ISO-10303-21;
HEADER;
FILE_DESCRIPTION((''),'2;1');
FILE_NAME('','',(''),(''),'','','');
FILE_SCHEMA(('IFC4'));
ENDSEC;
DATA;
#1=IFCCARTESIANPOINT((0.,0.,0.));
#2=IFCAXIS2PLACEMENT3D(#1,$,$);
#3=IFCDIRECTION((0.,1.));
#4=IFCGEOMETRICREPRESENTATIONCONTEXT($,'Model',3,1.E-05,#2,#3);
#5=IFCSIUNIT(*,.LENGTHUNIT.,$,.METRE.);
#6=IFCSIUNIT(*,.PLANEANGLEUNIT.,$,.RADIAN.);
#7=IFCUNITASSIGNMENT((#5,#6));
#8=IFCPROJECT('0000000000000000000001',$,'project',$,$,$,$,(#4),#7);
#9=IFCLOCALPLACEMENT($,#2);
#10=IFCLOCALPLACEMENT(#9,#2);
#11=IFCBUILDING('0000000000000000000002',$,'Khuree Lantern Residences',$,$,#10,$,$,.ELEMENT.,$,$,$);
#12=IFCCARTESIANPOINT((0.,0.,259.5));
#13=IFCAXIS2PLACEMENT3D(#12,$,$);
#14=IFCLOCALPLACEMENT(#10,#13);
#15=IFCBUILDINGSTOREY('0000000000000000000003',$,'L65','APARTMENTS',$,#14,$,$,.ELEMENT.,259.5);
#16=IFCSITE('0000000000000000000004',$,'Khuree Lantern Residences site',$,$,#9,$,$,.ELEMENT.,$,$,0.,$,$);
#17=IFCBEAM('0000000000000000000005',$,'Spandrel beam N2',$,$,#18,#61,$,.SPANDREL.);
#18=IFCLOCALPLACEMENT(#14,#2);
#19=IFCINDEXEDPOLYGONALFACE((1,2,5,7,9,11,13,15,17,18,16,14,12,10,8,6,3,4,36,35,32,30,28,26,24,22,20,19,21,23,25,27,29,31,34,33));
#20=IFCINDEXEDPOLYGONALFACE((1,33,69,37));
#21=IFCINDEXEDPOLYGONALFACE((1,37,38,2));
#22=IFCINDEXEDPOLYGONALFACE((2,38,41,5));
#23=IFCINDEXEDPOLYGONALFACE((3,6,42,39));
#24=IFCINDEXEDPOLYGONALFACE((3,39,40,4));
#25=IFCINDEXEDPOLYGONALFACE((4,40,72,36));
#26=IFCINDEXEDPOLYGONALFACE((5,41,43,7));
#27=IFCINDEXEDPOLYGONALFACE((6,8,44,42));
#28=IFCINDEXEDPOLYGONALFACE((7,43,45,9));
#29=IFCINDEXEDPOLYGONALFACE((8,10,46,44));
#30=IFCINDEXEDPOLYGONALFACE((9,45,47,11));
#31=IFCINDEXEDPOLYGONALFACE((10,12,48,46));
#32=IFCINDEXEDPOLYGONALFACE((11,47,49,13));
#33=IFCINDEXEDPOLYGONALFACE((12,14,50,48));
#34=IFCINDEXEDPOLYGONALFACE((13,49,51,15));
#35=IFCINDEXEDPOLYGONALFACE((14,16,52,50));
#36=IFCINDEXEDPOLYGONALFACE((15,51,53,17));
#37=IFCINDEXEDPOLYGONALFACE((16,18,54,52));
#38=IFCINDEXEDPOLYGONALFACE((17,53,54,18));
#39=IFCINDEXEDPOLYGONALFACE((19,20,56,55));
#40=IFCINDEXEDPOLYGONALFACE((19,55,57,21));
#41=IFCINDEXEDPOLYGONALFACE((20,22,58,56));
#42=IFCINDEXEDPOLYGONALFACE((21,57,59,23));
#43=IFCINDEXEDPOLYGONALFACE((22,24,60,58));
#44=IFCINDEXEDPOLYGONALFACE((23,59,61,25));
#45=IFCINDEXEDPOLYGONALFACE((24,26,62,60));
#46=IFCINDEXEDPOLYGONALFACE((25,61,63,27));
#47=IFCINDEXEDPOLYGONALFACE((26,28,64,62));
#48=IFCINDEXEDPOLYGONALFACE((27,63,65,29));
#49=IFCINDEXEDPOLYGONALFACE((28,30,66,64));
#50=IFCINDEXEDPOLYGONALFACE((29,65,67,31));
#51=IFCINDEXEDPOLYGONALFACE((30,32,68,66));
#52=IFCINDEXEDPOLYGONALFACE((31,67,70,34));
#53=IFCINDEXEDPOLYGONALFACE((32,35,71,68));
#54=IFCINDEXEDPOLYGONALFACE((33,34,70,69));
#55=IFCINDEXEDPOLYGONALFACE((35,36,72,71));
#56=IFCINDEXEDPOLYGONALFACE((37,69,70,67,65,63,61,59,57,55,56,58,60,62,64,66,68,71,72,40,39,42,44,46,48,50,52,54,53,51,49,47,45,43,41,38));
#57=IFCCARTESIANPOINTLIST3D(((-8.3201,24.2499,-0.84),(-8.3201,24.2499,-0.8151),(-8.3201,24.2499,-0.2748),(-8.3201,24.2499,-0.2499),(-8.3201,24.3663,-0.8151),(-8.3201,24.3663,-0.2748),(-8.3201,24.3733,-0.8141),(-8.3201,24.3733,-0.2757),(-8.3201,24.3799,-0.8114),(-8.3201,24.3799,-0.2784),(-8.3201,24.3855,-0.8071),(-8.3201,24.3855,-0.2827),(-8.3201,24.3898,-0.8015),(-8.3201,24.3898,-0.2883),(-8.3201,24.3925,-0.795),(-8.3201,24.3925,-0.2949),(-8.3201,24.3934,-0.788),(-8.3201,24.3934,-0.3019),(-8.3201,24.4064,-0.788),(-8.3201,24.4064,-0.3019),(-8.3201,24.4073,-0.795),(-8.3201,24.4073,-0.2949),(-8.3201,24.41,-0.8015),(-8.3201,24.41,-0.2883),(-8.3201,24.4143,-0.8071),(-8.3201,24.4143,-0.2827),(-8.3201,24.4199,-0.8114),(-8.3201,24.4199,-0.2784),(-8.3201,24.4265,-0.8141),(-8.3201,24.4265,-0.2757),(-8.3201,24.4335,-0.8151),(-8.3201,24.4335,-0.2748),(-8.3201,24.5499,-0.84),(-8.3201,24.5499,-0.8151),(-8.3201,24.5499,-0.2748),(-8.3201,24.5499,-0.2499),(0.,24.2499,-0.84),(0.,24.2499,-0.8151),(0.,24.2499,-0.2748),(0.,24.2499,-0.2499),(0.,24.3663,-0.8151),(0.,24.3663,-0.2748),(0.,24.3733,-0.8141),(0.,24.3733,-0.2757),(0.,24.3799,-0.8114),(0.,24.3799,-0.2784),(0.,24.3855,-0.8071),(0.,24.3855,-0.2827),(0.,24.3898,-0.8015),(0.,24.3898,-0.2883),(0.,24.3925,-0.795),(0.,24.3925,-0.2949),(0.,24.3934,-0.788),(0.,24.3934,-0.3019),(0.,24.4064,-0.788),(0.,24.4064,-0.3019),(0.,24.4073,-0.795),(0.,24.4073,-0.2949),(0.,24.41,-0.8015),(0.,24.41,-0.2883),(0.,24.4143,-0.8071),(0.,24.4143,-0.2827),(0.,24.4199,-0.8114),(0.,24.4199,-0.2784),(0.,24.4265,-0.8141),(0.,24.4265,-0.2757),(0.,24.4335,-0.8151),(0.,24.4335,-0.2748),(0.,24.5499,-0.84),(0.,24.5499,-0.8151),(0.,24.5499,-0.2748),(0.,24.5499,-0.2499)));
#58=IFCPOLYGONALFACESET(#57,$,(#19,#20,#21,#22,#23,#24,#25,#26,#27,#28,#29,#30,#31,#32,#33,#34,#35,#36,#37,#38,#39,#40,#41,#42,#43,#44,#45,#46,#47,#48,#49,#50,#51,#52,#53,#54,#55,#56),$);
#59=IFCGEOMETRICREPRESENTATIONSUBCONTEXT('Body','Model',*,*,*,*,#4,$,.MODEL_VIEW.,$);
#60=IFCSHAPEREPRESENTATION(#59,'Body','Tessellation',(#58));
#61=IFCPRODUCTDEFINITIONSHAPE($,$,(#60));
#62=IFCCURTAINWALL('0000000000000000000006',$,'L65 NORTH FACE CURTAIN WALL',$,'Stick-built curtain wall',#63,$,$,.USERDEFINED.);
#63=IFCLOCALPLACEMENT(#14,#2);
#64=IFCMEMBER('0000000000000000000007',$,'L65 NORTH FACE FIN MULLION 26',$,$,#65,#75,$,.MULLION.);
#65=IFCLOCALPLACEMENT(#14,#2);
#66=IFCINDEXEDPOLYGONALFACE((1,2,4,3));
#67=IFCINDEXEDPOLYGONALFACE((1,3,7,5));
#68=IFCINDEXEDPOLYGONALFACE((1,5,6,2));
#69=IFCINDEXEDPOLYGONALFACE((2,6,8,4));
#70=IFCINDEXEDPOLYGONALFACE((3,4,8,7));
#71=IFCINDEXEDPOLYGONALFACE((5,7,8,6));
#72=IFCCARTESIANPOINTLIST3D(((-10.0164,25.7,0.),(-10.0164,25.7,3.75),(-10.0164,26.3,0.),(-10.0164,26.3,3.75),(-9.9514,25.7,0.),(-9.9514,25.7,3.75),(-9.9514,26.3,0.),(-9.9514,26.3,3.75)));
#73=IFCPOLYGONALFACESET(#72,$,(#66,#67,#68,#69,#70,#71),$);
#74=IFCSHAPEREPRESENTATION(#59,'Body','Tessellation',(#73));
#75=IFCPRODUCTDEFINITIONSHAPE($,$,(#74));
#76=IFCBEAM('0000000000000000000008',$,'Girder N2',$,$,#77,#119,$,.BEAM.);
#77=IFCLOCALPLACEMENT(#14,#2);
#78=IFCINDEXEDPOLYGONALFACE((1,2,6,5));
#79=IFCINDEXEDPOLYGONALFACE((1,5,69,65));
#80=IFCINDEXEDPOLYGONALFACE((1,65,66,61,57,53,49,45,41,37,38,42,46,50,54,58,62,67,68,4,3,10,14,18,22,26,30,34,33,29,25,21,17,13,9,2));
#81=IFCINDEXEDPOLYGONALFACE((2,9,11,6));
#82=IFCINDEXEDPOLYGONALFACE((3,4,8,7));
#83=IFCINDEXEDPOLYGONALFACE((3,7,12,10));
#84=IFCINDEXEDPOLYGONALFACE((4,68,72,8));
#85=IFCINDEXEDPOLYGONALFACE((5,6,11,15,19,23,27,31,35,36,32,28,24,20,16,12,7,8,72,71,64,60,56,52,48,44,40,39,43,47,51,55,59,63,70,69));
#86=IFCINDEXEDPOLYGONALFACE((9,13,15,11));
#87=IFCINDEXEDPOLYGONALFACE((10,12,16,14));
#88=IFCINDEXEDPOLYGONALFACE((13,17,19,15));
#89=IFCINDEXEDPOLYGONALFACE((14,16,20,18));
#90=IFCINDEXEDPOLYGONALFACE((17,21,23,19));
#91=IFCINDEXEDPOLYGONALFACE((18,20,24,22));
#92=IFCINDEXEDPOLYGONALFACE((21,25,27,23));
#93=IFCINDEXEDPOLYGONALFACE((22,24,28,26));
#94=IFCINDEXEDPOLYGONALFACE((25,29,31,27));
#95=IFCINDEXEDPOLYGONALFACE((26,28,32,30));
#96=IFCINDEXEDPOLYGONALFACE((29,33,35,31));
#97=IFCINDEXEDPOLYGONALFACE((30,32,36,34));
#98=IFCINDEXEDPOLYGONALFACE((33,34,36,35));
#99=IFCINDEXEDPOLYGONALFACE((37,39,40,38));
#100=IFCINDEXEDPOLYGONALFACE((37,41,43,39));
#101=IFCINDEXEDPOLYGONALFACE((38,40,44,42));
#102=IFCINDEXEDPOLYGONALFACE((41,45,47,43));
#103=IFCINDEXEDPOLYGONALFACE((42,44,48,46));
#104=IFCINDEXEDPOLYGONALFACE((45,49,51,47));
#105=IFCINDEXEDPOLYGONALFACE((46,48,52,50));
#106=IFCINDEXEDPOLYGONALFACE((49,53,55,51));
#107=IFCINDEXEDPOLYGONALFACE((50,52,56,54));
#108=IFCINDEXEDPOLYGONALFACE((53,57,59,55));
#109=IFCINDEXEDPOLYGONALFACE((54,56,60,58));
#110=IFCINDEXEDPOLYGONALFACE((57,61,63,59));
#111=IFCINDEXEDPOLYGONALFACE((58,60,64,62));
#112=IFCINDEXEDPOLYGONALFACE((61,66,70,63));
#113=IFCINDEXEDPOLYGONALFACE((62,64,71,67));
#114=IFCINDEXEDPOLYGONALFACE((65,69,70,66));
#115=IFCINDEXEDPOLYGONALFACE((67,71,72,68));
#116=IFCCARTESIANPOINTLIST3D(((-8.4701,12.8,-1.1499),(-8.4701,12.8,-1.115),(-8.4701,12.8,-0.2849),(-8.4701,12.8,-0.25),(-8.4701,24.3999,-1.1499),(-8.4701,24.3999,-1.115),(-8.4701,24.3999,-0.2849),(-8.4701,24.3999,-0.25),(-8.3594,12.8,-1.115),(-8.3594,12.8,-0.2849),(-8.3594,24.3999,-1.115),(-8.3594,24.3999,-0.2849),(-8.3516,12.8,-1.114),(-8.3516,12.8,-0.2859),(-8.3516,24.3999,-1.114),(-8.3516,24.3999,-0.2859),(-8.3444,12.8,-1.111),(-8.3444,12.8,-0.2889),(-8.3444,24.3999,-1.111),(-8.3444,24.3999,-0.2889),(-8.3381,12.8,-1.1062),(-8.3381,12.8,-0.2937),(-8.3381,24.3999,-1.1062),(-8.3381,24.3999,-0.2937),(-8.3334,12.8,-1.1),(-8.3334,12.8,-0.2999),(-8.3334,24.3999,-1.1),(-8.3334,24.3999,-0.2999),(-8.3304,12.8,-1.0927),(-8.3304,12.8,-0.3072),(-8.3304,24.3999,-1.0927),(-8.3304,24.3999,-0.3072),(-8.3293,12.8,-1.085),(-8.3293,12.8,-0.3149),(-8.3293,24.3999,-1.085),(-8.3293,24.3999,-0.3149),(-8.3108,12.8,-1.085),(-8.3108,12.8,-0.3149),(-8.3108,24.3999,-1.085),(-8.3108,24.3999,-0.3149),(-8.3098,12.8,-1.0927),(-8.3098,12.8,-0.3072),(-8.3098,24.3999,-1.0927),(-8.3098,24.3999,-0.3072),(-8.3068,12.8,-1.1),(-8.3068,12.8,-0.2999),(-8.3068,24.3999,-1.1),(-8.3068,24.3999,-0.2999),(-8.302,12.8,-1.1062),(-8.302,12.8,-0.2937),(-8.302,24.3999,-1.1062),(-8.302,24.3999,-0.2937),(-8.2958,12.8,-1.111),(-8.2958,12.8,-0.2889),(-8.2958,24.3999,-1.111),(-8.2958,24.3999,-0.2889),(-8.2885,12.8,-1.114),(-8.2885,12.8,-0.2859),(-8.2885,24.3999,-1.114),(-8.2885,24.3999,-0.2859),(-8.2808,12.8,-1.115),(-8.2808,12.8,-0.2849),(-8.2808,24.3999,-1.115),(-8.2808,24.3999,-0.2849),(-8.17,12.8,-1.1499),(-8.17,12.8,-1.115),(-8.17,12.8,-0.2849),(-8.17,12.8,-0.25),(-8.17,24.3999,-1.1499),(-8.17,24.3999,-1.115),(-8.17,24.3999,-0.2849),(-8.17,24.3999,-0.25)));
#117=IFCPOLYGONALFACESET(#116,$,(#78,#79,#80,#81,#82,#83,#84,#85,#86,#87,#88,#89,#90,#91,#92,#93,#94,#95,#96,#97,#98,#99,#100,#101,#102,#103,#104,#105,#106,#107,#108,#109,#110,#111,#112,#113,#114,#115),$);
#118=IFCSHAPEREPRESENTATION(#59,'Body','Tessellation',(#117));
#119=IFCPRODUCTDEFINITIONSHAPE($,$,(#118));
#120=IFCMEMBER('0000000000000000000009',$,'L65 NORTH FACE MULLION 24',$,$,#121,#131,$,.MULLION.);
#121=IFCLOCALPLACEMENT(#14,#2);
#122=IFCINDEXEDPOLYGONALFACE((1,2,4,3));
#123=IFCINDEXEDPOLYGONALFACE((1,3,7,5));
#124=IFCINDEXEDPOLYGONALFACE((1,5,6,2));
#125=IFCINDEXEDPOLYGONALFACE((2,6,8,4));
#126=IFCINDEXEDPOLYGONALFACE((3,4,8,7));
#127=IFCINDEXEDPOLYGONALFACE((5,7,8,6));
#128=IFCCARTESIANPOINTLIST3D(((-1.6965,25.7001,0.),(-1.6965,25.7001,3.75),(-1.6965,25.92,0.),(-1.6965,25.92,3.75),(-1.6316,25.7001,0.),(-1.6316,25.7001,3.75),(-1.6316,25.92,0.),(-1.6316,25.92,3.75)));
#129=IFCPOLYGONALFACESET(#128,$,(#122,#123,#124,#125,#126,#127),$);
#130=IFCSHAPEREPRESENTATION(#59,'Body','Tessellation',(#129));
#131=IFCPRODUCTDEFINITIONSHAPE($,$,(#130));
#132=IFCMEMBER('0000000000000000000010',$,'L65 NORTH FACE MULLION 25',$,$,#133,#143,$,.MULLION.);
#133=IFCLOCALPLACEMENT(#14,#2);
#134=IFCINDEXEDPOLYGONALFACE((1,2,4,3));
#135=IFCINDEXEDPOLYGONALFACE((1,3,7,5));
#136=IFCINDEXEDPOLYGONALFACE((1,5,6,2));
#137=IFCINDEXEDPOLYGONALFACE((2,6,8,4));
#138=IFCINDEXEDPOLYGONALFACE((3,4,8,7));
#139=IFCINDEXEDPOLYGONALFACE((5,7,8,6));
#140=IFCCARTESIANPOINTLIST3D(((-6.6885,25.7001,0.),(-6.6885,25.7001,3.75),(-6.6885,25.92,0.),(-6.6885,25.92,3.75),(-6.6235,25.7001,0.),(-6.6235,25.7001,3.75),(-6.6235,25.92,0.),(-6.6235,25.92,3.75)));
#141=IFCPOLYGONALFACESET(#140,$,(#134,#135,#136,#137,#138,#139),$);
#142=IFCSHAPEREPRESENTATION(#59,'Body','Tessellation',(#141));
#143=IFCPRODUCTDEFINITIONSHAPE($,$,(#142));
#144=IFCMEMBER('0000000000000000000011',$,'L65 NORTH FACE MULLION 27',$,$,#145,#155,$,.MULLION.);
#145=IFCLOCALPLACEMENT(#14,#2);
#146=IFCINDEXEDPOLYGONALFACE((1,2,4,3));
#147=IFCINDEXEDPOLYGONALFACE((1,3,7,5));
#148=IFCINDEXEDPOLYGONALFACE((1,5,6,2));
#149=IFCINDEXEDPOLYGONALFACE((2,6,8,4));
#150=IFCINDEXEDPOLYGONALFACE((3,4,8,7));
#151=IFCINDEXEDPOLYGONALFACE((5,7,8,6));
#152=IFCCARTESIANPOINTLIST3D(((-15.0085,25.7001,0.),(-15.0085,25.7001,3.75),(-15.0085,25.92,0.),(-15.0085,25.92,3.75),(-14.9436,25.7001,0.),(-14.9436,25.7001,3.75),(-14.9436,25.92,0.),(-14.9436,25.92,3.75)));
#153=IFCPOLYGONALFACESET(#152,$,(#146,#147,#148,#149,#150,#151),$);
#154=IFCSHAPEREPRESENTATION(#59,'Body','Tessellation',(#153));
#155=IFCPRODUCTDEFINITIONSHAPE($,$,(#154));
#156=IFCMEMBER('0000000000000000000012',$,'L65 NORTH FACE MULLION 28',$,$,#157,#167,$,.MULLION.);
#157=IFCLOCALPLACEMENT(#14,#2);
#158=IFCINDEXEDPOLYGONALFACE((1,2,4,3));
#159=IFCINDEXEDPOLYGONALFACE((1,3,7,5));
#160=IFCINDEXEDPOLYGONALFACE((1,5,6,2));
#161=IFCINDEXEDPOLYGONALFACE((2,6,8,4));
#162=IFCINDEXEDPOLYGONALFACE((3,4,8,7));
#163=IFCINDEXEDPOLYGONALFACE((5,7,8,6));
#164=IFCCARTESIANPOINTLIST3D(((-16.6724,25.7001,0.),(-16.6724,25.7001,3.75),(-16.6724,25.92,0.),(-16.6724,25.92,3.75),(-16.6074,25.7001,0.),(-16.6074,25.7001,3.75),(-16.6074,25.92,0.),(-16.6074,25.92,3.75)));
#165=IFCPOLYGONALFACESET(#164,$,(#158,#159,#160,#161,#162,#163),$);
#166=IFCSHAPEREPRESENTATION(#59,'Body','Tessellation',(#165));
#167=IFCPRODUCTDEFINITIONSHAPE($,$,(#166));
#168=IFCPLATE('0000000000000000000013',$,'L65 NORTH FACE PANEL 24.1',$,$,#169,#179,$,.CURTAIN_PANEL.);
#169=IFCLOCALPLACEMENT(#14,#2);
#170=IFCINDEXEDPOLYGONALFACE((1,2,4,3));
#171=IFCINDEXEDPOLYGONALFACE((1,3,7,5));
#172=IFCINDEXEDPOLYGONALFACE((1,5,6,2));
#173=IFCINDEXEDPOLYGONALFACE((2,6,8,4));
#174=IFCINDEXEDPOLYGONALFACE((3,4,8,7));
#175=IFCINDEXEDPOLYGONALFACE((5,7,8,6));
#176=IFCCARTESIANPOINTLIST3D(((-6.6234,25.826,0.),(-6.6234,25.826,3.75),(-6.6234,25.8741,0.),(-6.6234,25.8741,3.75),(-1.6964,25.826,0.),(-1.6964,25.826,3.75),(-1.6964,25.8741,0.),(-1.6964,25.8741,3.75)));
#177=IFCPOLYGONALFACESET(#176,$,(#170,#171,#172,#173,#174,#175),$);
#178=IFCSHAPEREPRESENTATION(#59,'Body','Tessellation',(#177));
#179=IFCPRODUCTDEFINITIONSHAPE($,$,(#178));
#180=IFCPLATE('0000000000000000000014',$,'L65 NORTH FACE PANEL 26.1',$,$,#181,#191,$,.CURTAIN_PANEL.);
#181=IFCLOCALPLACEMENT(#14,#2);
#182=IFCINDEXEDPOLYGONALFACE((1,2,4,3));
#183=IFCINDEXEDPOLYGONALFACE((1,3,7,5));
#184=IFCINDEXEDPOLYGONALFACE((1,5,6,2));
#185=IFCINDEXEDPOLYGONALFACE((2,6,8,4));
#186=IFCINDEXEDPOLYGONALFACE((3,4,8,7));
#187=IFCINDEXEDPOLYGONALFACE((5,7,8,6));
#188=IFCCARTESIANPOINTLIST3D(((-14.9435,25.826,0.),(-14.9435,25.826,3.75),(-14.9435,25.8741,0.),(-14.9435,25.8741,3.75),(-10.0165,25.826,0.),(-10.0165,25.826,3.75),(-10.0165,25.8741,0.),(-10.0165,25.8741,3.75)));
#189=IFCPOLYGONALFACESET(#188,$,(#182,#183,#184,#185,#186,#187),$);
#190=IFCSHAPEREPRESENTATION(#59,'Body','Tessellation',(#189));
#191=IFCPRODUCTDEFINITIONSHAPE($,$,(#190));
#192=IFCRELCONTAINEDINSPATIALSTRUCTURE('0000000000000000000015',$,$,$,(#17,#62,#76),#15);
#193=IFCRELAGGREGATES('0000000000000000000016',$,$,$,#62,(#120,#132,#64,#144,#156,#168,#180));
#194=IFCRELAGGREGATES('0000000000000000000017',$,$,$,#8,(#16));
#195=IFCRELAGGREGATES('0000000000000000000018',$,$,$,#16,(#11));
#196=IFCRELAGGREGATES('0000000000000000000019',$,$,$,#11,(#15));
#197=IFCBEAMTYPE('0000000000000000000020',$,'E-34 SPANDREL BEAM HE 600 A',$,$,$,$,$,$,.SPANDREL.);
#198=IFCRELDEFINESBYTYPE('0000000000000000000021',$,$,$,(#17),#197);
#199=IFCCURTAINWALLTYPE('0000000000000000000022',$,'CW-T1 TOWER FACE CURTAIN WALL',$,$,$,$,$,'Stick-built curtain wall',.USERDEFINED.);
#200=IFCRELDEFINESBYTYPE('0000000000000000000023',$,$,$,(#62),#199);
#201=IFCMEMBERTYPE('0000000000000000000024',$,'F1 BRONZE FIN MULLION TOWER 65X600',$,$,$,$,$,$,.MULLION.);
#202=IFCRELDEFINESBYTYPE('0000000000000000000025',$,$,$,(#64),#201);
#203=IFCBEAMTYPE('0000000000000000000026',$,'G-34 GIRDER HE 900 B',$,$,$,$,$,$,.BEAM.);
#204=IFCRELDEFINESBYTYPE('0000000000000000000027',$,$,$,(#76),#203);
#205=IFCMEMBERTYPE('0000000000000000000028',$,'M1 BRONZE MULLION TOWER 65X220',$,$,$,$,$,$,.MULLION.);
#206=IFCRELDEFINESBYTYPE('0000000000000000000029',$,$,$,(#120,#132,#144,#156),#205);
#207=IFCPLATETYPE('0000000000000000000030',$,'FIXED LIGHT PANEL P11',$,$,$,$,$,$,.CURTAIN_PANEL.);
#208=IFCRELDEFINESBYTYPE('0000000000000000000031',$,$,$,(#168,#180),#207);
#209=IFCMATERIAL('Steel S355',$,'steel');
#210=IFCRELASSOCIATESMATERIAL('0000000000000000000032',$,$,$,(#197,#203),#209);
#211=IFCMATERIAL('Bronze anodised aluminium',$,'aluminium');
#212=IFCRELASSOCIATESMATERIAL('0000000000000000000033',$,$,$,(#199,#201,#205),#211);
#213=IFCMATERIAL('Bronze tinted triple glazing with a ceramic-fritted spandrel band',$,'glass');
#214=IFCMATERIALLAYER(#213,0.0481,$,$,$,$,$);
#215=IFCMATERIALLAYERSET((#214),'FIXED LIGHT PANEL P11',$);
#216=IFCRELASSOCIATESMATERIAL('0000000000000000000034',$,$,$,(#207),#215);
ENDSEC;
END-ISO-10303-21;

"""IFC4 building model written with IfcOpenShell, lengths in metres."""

from ifc_helpers import new_model, si_unit, direction, frame, origin, origin_2d, place, context, subcontext, project, spatial, rectangle, i_section, extrude, material, layer, layer_set, material_profile, profile_set, type_object, element, aggregate, save


model = new_model("IFC4")

# Units and contexts
model_context = context("Model", 3, precision=1e-05, world=origin(), true_north=direction((0.0, 1.0)))
body_context = subcontext(model_context, "Body", "Model", "MODEL_VIEW")
ifc_project = project(units=[si_unit("LENGTHUNIT", "METRE"), si_unit("PLANEANGLEUNIT", "RADIAN")], contexts=[model_context])

# Site, building, storey
site_placement = place(None, origin())
site = spatial("IfcSite", under=ifc_project, at=site_placement, Name="Khuree Lantern Residences site", CompositionType="ELEMENT", RefElevation=0.0)
building_placement = place(site_placement, origin())
building = spatial("IfcBuilding", under=site, at=building_placement, Name="Khuree Lantern Residences", CompositionType="ELEMENT")
storey_placement = place(building_placement, frame((0.0, 0.0, 259.5)))
storey = spatial("IfcBuildingStorey", under=building, at=storey_placement, Name="L65", Description="APARTMENTS", CompositionType="ELEMENT", Elevation=259.5)

# Beam
ifc_material_1 = material(Name="Steel S355", Category="steel")
ifc_material_profile_1 = material_profile(ifc_material_1, i_section(OverallWidth=0.3, OverallDepth=0.5901, WebThickness=0.0129, FlangeThickness=0.0249, FilletRadius=0.0271, at=origin_2d()), Name="HE 600 A")
ifc_profile_set_1 = profile_set([ifc_material_profile_1], Name="Steel S355")
beam_type_1 = type_object("IfcBeamType", Name="E-34 SPANDREL BEAM HE 600 A", PredefinedType="SPANDREL", material=ifc_profile_set_1)
beam_1_placement = place(storey_placement, frame((-8.3201, 24.3999, -0.5449), z_axis=(1.0, 0.0, 0.0), x_axis=(0.0, 1.0, 0.0)))
element("IfcBeam", 1, at=beam_1_placement, inside=storey, type_object=beam_type_1, Name="Spandrel beam N2", PredefinedType="SPANDREL", context=body_context, shape_type="SweptSolid", body=[
    extrude(i_section(OverallWidth=0.3, OverallDepth=0.5901, WebThickness=0.0129, FlangeThickness=0.0249, FilletRadius=0.0271, at=origin_2d()), origin(), (0.0, 0.0, 1.0), 8.3201),
])

# Curtain wall, member
ifc_material_2 = material(Name="Bronze anodised aluminium", Category="aluminium")
curtain_wall_type = type_object("IfcCurtainWallType", Name="CW-T1 TOWER FACE CURTAIN WALL", ElementType="Stick-built curtain wall", PredefinedType="USERDEFINED", material=ifc_material_2)
curtain_wall_placement = place(storey_placement, origin())
curtain_wall = element("IfcCurtainWall", 2, at=curtain_wall_placement, inside=storey, type_object=curtain_wall_type, Name="L65 NORTH FACE CURTAIN WALL", ObjectType="Stick-built curtain wall", PredefinedType="USERDEFINED")
ifc_material_profile_2 = material_profile(ifc_material_2, rectangle(XDim=0.0649, YDim=0.6001, at=origin_2d()), Name="F1 65X600")
ifc_profile_set_2 = profile_set([ifc_material_profile_2], Name="Bronze anodised aluminium")
member_type_1 = type_object("IfcMemberType", Name="F1 BRONZE FIN MULLION TOWER 65X600", PredefinedType="MULLION", material=ifc_profile_set_2)
member_1_placement = place(storey_placement, frame((-9.9839, 26.0, 0.0), z_axis=(0.0, 0.0, 1.0), x_axis=(-1.0, 0.0, 0.0)))
member_1 = element("IfcMember", 3, at=member_1_placement, type_object=member_type_1, Name="L65 NORTH FACE FIN MULLION 26", PredefinedType="MULLION", context=body_context, shape_type="SweptSolid", body=[
    extrude(rectangle(XDim=0.0649, YDim=0.6001, at=origin_2d()), origin(), (0.0, 0.0, 1.0), 3.75),
])

# Beam
ifc_material_profile_3 = material_profile(ifc_material_1, i_section(OverallWidth=0.3, OverallDepth=0.8999, WebThickness=0.0186, FlangeThickness=0.0349, FilletRadius=0.03, at=origin_2d()), Name="HE 900 B")
ifc_profile_set_3 = profile_set([ifc_material_profile_3], Name="Steel S355")
beam_type_2 = type_object("IfcBeamType", Name="G-34 GIRDER HE 900 B", PredefinedType="BEAM", material=ifc_profile_set_3)
beam_2_placement = place(storey_placement, frame((-8.3201, 24.3999, -0.7), z_axis=(0.0, -1.0, 0.0), x_axis=(1.0, 0.0, 0.0)))
element("IfcBeam", 4, at=beam_2_placement, inside=storey, type_object=beam_type_2, Name="Girder N2", PredefinedType="BEAM", context=body_context, shape_type="SweptSolid", body=[
    extrude(i_section(OverallWidth=0.3, OverallDepth=0.8999, WebThickness=0.0186, FlangeThickness=0.0349, FilletRadius=0.03, at=origin_2d()), origin(), (0.0, 0.0, 1.0), 11.5999),
])

# Members
ifc_material_profile_4 = material_profile(ifc_material_2, rectangle(XDim=0.0649, YDim=0.22, at=origin_2d()), Name="M1 65X220")
ifc_profile_set_4 = profile_set([ifc_material_profile_4], Name="Bronze anodised aluminium")
member_type_2 = type_object("IfcMemberType", Name="M1 BRONZE MULLION TOWER 65X220", PredefinedType="MULLION", material=ifc_profile_set_4)
member_2_placement = place(storey_placement, frame((-1.6641, 25.8101, 0.0), z_axis=(0.0, 0.0, 1.0), x_axis=(-1.0, 0.0, 0.0)))
member_2 = element("IfcMember", 5, at=member_2_placement, type_object=member_type_2, Name="L65 NORTH FACE MULLION 24", PredefinedType="MULLION", context=body_context, shape_type="SweptSolid", body=[
    extrude(rectangle(XDim=0.0649, YDim=0.22, at=origin_2d()), origin(), (0.0, 0.0, 1.0), 3.75),
])
member_3_placement = place(storey_placement, frame((-6.656, 25.8101, 0.0), z_axis=(0.0, 0.0, 1.0), x_axis=(-1.0, 0.0, 0.0)))
member_3 = element("IfcMember", 6, at=member_3_placement, type_object=member_type_2, Name="L65 NORTH FACE MULLION 25", PredefinedType="MULLION", context=body_context, shape_type="SweptSolid", body=[
    extrude(rectangle(XDim=0.0649, YDim=0.22, at=origin_2d()), origin(), (0.0, 0.0, 1.0), 3.75),
])
member_4_placement = place(storey_placement, frame((-14.9761, 25.8101, 0.0), z_axis=(0.0, 0.0, 1.0), x_axis=(-1.0, 0.0, 0.0)))
member_4 = element("IfcMember", 7, at=member_4_placement, type_object=member_type_2, Name="L65 NORTH FACE MULLION 27", PredefinedType="MULLION", context=body_context, shape_type="SweptSolid", body=[
    extrude(rectangle(XDim=0.0649, YDim=0.22, at=origin_2d()), origin(), (0.0, 0.0, 1.0), 3.75),
])
member_5_placement = place(storey_placement, frame((-16.6399, 25.8101, 0.0), z_axis=(0.0, 0.0, 1.0), x_axis=(-1.0, 0.0, 0.0)))
member_5 = element("IfcMember", 8, at=member_5_placement, type_object=member_type_2, Name="L65 NORTH FACE MULLION 28", PredefinedType="MULLION", context=body_context, shape_type="SweptSolid", body=[
    extrude(rectangle(XDim=0.0649, YDim=0.22, at=origin_2d()), origin(), (0.0, 0.0, 1.0), 3.75),
])

# Plates
ifc_material_3 = material(Name="Bronze tinted triple glazing with a ceramic-fritted spandrel band", Category="glass")
ifc_layer_1 = layer(ifc_material_3, 0.0481)
ifc_layer_set_1 = layer_set([ifc_layer_1], Name="FIXED LIGHT PANEL P11")
plate_type_1 = type_object("IfcPlateType", Name="FIXED LIGHT PANEL P11", PredefinedType="CURTAIN_PANEL", material=ifc_layer_set_1)
plate_1_placement = place(storey_placement, frame((-4.1599, 25.8501, 0.0), z_axis=(0.0, 0.0, 1.0), x_axis=(-1.0, 0.0, 0.0)))
plate_1 = element("IfcPlate", 9, at=plate_1_placement, type_object=plate_type_1, Name="L65 NORTH FACE PANEL 24.1", PredefinedType="CURTAIN_PANEL", context=body_context, shape_type="SweptSolid", body=[
    extrude(rectangle(XDim=4.927, YDim=0.0481, at=origin_2d()), origin(), (0.0, 0.0, 1.0), 3.75),
])
plate_2_placement = place(storey_placement, frame((-12.48, 25.8501, 0.0), z_axis=(0.0, 0.0, 1.0), x_axis=(-1.0, 0.0, 0.0)))
plate_2 = element("IfcPlate", 10, at=plate_2_placement, type_object=plate_type_1, Name="L65 NORTH FACE PANEL 26.1", PredefinedType="CURTAIN_PANEL", context=body_context, shape_type="SweptSolid", body=[
    extrude(rectangle(XDim=4.927, YDim=0.0481, at=origin_2d()), origin(), (0.0, 0.0, 1.0), 3.75),
])
aggregate(curtain_wall, [member_2, member_3, member_1, member_4, member_5, plate_1, plate_2])

save(model, "model.ifc")
